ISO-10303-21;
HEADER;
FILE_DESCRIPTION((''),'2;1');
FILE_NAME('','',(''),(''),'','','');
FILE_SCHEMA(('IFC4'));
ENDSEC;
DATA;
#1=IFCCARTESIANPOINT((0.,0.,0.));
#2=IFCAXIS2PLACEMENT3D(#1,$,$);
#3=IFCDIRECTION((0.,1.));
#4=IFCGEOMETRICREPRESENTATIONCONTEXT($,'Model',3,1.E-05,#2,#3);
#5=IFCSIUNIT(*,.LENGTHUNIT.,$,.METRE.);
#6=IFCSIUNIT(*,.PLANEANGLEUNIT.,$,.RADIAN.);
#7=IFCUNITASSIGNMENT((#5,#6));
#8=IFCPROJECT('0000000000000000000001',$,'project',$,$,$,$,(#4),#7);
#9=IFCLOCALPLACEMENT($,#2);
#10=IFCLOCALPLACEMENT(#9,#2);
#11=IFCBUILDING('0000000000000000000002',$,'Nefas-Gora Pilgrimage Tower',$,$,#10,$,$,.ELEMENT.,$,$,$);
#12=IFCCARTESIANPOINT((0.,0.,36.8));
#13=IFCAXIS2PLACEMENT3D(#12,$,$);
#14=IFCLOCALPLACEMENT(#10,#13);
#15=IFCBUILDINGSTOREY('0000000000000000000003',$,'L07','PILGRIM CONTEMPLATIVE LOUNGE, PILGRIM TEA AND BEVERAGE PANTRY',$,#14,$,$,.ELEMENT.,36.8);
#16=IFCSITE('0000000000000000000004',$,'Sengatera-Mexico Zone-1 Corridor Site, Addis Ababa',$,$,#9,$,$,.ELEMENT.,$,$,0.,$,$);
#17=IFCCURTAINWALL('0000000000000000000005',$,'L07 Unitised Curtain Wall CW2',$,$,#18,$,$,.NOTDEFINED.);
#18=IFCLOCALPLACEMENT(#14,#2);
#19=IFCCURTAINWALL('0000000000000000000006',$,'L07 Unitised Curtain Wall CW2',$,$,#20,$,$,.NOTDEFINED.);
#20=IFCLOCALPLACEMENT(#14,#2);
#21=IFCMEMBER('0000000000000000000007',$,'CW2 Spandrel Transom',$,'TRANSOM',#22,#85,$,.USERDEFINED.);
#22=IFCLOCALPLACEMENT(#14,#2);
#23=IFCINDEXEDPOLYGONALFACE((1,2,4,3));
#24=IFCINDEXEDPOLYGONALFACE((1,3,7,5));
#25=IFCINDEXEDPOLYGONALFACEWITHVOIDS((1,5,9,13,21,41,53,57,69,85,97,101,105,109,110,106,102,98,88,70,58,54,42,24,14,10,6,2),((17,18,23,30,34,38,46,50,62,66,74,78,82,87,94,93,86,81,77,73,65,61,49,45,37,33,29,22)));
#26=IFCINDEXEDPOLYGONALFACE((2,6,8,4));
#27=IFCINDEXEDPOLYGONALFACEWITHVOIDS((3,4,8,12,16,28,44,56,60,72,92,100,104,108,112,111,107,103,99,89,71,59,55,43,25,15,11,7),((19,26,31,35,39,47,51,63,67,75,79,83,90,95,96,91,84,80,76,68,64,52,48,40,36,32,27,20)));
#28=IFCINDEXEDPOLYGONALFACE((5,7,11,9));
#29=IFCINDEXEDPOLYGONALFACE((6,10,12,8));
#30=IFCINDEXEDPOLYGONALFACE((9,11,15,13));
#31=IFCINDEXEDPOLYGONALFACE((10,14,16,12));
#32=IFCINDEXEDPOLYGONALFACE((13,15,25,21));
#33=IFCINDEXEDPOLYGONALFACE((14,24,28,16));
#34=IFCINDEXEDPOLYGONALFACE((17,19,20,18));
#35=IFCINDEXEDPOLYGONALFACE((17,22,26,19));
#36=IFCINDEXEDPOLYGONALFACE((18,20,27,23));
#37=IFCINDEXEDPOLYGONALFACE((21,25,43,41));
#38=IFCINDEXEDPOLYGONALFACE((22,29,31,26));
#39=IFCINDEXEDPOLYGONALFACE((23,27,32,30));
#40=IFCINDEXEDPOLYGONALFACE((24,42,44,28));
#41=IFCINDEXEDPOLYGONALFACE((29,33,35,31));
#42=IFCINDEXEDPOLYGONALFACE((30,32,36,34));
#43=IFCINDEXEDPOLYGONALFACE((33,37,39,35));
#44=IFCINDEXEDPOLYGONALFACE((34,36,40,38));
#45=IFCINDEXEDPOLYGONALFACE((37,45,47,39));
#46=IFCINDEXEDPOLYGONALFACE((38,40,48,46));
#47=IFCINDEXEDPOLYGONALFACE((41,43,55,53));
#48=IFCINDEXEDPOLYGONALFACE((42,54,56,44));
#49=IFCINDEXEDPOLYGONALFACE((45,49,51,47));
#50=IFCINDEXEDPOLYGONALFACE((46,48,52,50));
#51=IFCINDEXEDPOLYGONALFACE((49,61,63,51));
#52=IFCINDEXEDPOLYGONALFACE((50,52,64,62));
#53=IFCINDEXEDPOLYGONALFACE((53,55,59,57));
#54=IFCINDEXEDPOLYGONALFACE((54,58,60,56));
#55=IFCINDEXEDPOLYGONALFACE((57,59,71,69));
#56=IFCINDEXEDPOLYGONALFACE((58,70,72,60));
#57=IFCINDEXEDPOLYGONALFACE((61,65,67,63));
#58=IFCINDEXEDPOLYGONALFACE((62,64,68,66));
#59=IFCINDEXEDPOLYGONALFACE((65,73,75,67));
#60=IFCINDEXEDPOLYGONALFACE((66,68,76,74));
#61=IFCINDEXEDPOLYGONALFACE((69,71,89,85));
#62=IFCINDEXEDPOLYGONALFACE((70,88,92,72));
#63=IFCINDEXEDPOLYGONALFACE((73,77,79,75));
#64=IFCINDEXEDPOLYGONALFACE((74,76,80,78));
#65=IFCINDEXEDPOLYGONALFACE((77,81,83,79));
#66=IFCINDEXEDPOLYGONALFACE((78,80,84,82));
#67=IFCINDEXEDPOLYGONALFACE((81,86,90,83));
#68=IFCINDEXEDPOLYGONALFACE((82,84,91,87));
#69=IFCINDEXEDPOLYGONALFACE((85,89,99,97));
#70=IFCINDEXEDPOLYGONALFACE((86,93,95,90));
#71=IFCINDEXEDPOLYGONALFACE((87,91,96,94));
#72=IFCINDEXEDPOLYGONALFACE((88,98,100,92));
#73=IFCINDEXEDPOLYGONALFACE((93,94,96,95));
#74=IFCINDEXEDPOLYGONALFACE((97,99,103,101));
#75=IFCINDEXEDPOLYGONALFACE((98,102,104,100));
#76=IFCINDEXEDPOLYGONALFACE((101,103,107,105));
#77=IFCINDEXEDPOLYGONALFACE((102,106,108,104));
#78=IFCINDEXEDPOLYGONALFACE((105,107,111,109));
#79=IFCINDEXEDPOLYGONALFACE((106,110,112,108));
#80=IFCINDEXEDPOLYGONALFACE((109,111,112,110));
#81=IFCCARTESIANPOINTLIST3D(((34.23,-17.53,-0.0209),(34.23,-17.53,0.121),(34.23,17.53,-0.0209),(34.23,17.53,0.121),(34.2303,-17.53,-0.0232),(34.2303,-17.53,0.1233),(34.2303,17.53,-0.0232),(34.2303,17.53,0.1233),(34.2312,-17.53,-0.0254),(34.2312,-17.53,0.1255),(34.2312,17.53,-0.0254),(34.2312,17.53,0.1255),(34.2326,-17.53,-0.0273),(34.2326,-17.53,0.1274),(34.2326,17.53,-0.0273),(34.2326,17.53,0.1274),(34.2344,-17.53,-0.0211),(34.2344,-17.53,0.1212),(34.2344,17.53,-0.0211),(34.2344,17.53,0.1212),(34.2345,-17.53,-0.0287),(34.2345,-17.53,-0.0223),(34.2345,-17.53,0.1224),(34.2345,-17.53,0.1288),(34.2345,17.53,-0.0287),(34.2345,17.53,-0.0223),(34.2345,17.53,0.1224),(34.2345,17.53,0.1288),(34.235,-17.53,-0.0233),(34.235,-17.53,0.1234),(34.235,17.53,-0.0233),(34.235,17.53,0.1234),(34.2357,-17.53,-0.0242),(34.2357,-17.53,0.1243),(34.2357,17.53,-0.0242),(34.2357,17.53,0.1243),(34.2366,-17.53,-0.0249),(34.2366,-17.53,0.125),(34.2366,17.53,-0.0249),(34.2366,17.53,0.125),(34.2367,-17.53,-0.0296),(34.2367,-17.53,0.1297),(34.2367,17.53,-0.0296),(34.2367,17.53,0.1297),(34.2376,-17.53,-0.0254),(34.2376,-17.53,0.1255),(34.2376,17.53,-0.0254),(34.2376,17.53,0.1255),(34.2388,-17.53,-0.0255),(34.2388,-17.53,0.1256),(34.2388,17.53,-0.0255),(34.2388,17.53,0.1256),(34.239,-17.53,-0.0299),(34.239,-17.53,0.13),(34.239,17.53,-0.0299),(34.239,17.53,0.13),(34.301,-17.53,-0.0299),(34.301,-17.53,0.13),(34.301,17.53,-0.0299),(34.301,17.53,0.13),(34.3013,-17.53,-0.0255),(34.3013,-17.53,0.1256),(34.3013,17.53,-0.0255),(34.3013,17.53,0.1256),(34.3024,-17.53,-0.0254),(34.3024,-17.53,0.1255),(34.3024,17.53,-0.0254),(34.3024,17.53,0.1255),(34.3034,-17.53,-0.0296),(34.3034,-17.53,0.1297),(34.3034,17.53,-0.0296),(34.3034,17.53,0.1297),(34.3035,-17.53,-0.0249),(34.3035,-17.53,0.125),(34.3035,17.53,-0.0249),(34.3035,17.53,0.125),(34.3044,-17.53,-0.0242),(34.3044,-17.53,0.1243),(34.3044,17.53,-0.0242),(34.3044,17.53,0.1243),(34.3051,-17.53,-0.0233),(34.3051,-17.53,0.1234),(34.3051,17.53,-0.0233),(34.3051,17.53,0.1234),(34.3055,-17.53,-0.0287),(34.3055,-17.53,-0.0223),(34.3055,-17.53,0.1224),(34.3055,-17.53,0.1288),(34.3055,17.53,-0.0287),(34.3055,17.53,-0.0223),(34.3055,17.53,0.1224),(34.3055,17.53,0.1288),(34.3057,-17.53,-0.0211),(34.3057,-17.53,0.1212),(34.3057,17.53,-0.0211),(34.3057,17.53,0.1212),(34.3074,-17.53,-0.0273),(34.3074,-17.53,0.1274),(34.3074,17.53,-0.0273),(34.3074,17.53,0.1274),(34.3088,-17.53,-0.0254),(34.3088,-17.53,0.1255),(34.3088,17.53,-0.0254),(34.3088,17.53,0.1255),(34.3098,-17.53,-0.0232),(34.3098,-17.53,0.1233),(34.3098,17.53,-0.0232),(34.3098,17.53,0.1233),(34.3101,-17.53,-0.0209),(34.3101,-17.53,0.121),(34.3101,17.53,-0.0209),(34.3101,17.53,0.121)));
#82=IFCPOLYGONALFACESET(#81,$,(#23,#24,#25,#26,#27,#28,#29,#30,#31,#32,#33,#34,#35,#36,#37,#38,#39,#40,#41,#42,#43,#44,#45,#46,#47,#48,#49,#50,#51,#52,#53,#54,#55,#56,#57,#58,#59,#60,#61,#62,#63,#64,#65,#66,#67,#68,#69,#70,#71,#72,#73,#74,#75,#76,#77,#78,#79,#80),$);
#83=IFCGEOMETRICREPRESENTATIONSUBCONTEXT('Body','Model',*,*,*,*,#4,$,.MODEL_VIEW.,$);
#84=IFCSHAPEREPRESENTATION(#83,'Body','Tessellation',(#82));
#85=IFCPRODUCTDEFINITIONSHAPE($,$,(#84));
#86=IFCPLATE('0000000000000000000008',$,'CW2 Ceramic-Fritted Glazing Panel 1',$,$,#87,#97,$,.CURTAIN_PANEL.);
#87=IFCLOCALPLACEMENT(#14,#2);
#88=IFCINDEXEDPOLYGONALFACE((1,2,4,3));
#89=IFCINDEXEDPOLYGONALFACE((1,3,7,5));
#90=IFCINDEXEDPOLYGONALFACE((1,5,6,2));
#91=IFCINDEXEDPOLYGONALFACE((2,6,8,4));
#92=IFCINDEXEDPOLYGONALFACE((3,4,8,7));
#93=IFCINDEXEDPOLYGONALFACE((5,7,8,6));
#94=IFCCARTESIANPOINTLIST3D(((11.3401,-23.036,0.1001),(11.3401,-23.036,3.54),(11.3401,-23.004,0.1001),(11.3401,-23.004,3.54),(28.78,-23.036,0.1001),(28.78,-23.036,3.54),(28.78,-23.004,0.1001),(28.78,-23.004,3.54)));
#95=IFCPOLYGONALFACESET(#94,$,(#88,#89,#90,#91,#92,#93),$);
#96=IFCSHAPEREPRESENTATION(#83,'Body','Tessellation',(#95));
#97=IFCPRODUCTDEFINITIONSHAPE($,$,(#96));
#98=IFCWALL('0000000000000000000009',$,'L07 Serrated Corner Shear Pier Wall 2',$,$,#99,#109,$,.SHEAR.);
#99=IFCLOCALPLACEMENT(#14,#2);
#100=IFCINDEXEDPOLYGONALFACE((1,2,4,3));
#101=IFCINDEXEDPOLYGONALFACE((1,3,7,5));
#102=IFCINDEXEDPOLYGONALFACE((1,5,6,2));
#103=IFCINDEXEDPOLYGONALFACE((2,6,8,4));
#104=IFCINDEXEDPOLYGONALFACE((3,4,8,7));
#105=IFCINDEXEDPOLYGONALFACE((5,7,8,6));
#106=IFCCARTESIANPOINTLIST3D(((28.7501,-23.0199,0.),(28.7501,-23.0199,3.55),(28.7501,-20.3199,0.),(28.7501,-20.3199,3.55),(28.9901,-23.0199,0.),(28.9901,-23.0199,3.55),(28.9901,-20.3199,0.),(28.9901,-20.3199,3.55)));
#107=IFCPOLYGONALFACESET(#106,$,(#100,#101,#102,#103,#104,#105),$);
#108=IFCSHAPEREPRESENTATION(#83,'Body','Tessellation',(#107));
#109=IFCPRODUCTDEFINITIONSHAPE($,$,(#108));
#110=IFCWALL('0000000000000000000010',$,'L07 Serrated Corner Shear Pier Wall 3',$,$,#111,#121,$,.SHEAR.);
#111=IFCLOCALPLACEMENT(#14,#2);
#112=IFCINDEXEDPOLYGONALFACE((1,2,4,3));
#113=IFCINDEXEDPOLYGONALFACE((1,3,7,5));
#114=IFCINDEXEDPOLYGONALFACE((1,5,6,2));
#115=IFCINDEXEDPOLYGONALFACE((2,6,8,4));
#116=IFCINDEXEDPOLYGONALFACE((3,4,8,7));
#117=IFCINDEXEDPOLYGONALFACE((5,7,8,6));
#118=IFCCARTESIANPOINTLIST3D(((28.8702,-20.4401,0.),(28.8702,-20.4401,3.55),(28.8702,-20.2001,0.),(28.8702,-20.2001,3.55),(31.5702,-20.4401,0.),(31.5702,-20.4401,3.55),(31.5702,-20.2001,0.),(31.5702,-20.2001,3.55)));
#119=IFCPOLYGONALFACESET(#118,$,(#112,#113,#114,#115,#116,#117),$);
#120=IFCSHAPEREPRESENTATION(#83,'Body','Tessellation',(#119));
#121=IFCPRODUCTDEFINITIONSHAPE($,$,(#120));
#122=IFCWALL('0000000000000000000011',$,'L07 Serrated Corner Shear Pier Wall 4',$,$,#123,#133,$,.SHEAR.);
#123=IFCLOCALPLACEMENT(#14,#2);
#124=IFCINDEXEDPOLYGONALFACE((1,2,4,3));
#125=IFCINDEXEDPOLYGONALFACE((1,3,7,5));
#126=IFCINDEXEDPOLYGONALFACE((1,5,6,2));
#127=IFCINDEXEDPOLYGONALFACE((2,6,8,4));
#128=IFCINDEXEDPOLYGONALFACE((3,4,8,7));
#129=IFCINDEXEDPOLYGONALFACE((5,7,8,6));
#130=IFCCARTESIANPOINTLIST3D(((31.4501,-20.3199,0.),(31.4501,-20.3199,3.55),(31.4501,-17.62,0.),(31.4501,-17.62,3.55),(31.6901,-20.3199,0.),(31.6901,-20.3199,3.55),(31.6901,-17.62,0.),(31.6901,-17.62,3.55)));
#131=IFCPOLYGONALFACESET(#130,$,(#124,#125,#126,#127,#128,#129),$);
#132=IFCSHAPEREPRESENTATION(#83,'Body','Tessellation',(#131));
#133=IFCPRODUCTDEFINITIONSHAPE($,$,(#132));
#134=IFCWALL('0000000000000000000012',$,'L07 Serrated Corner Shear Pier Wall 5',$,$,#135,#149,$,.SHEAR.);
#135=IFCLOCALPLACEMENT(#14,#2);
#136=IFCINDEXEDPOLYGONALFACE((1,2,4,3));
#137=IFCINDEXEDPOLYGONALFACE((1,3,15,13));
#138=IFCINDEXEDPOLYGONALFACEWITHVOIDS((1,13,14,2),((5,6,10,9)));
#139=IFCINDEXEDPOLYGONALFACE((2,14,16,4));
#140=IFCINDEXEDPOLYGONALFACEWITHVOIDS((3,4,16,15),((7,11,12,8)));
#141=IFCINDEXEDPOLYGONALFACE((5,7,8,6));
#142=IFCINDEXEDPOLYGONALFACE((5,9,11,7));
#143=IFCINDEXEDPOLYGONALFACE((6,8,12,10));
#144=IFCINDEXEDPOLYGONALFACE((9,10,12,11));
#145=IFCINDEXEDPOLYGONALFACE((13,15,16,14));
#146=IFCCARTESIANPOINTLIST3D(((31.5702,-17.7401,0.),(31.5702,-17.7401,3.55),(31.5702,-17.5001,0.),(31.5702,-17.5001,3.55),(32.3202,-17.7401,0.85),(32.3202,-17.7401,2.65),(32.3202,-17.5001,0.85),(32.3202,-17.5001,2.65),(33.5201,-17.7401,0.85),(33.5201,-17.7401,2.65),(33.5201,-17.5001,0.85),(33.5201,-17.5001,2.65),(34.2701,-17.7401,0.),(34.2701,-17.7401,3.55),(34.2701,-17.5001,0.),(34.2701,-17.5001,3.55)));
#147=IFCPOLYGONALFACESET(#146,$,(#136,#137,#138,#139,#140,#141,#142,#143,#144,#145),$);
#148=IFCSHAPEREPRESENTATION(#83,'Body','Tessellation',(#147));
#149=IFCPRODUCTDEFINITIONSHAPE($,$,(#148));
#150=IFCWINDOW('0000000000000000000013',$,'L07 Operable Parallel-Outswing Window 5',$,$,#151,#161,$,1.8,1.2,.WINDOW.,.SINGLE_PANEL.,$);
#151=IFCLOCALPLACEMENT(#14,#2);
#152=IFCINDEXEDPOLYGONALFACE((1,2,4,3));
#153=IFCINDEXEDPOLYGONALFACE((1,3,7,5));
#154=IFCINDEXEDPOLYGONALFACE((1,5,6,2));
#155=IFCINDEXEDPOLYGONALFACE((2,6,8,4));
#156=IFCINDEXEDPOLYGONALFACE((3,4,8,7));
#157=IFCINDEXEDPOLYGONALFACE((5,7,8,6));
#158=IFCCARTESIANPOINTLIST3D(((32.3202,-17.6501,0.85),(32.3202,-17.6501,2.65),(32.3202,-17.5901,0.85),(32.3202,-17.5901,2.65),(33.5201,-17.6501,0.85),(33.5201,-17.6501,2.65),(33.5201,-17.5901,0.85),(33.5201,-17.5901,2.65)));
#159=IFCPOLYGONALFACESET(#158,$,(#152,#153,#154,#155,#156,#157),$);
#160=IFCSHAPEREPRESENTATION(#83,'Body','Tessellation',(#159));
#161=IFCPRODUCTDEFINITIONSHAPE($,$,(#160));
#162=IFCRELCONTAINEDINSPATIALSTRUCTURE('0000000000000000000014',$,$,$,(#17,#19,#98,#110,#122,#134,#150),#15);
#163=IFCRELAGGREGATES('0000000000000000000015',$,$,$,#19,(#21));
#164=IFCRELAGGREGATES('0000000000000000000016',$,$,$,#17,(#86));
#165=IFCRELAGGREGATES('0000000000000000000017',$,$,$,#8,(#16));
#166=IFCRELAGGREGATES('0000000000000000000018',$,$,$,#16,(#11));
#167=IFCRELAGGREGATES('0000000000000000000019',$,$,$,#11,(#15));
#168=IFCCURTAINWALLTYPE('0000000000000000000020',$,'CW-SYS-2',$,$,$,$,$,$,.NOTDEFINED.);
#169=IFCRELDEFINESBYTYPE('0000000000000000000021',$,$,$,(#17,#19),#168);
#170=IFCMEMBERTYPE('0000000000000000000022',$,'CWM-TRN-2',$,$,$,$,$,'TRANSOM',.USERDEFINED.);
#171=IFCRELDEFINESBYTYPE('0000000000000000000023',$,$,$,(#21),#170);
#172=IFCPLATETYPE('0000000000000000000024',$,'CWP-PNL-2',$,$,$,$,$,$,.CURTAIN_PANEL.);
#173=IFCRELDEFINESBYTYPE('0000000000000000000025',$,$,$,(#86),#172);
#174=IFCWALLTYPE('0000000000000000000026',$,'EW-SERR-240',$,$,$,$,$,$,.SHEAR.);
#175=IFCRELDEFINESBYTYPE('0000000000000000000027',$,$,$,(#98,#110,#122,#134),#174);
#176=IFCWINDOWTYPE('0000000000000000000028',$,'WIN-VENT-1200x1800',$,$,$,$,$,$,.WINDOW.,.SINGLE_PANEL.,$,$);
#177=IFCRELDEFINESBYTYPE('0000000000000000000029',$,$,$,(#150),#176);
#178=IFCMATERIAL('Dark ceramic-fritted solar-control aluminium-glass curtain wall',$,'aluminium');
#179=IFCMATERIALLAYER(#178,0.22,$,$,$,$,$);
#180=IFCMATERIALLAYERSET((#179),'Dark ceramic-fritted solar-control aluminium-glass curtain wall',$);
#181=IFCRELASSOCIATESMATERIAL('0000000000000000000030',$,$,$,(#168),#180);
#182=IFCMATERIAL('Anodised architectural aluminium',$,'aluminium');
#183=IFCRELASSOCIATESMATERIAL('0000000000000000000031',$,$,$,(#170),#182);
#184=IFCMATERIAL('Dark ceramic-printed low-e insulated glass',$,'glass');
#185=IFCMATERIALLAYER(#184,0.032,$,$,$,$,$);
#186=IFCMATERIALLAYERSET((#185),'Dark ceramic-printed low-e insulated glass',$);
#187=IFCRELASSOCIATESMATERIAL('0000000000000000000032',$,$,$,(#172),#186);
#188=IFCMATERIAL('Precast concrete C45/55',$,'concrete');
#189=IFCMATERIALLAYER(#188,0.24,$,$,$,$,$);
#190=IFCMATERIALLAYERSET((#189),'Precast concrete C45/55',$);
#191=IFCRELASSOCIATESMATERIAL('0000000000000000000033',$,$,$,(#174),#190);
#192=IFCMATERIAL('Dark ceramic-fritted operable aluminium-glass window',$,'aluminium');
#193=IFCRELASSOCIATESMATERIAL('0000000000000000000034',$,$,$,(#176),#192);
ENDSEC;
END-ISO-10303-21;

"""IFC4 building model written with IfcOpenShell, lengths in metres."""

from ifc_helpers import new_model, si_unit, direction, frame, frame_2d, origin, origin_2d, place, context, subcontext, project, spatial, rectangle, hollow_rectangle, extrude, source, transform, mapped, material, layer, layer_set, material_profile, profile_set, type_object, element, fill, aggregate, save


model = new_model("IFC4")

# Units and contexts
model_context = context("Model", 3, precision=1e-05, world=origin(), true_north=direction((0.0, 1.0)))
body_context = subcontext(model_context, "Body", "Model", "MODEL_VIEW")
ifc_project = project(units=[si_unit("LENGTHUNIT", "METRE"), si_unit("PLANEANGLEUNIT", "RADIAN")], contexts=[model_context])

# Site, building, storey
site_placement = place(None, origin())
site = spatial("IfcSite", under=ifc_project, at=site_placement, Name="Sengatera-Mexico Zone-1 Corridor Site, Addis Ababa", CompositionType="ELEMENT", RefElevation=0.0)
building_placement = place(site_placement, origin())
building = spatial("IfcBuilding", under=site, at=building_placement, Name="Nefas-Gora Pilgrimage Tower", CompositionType="ELEMENT")
storey_placement = place(building_placement, frame((0.0, 0.0, 36.8)))
storey = spatial("IfcBuildingStorey", under=building, at=storey_placement, Name="L07", Description="PILGRIM CONTEMPLATIVE LOUNGE, PILGRIM TEA AND BEVERAGE PANTRY", CompositionType="ELEMENT", Elevation=36.8)

# Curtain wall
ifc_material_1 = material(Name="Dark ceramic-fritted solar-control aluminium-glass curtain wall", Category="aluminium")
ifc_layer_1 = layer(ifc_material_1, 0.22)
ifc_layer_set_1 = layer_set([ifc_layer_1], Name="Dark ceramic-fritted solar-control aluminium-glass curtain wall")
curtain_wall_type = type_object("IfcCurtainWallType", Name="CW-SYS-2", PredefinedType="NOTDEFINED", material=ifc_layer_set_1)
curtain_wall_1_placement = place(storey_placement, origin())
curtain_wall_1 = element("IfcCurtainWall", 1, at=curtain_wall_1_placement, inside=storey, type_object=curtain_wall_type, Name="L07 Unitised Curtain Wall CW2", PredefinedType="NOTDEFINED")
ifc_material_2 = material(Name="Anodised architectural aluminium", Category="aluminium")

# Curtain wall, member
curtain_wall_2_placement = place(storey_placement, origin())
curtain_wall_2 = element("IfcCurtainWall", 2, at=curtain_wall_2_placement, inside=storey, type_object=curtain_wall_type, Name="L07 Unitised Curtain Wall CW2", PredefinedType="NOTDEFINED")
ifc_material_profile_1 = material_profile(ifc_material_2, hollow_rectangle(XDim=0.0801, YDim=0.1599, WallThickness=0.0044, InnerFilletRadius=0.0044, OuterFilletRadius=0.009, at=origin_2d()), Name="ALU TRANSOM 80x160")
ifc_profile_set_1 = profile_set([ifc_material_profile_1], Name="Anodised architectural aluminium")
member_type_1 = type_object("IfcMemberType", Name="CWM-TRN-2", ElementType="TRANSOM", PredefinedType="USERDEFINED", material=ifc_profile_set_1)
shared_shape_1 = source(origin(), body_context, "Body", "SweptSolid", [
    extrude(hollow_rectangle(XDim=0.0801, YDim=0.1599, WallThickness=0.0044, InnerFilletRadius=0.0044, OuterFilletRadius=0.009, at=origin_2d()), origin(), (0.0, 0.0, 1.0), 35.0601),
])
member_1_placement = place(storey_placement, frame((34.27, -17.53, 0.05), z_axis=(0.0, 1.0, 0.0), x_axis=(-1.0, 0.0, 0.0)))
member_1 = element("IfcMember", 3, at=member_1_placement, type_object=member_type_1, Name="CW2 Spandrel Transom", ObjectType="TRANSOM", PredefinedType="USERDEFINED", context=body_context, shape_type="MappedRepresentation", body=[
    mapped(shared_shape_1, transform((0.0, 0.0, 0.0), x_axis=(1.0, 0.0, 0.0), y_axis=(0.0, 1.0, 0.0), z_axis=(0.0, 0.0, 1.0), scale=1.0)),
])
aggregate(curtain_wall_2, [member_1])

# Plate
ifc_material_3 = material(Name="Dark ceramic-printed low-e insulated glass", Category="glass")
ifc_layer_2 = layer(ifc_material_3, 0.032)
ifc_layer_set_2 = layer_set([ifc_layer_2], Name="Dark ceramic-printed low-e insulated glass")
plate_type = type_object("IfcPlateType", Name="CWP-PNL-2", PredefinedType="CURTAIN_PANEL", material=ifc_layer_set_2)
shared_shape_2 = source(origin(), body_context, "Body", "SweptSolid", [
    extrude(rectangle(XDim=17.4399, YDim=0.032, at=origin_2d()), origin(), (0.0, 0.0, 1.0), 3.4399),
])
plate_placement = place(storey_placement, frame((20.0601, -23.02, 0.1001), z_axis=(0.0, 0.0, 1.0), x_axis=(1.0, 0.0, 0.0)))
plate = element("IfcPlate", 4, at=plate_placement, type_object=plate_type, Name="CW2 Ceramic-Fritted Glazing Panel 1", PredefinedType="CURTAIN_PANEL", context=body_context, shape_type="MappedRepresentation", body=[
    mapped(shared_shape_2, transform((0.0, 0.0, 0.0), x_axis=(1.0, 0.0, 0.0), y_axis=(0.0, 1.0, 0.0), z_axis=(0.0, 0.0, 1.0), scale=1.0)),
])
aggregate(curtain_wall_1, [plate])

# Walls
ifc_material_4 = material(Name="Precast concrete C45/55", Category="concrete")
ifc_layer_3 = layer(ifc_material_4, 0.24)
ifc_layer_set_3 = layer_set([ifc_layer_3], Name="Precast concrete C45/55")
wall_type_1 = type_object("IfcWallType", Name="EW-SERR-240", PredefinedType="SHEAR", material=ifc_layer_set_3)
shared_shape_3 = source(origin(), body_context, "Body", "SweptSolid", [
    extrude(rectangle(XDim=2.7, YDim=0.24, at=frame_2d((1.3501, 0.0))), origin(), (0.0, 0.0, 1.0), 3.55),
])
for number, where, z_axis, x_axis, name in (
    (5, (28.8701, -23.02, 0.0), (0.0, 0.0, 1.0), (0.0, 1.0, 0.0), "L07 Serrated Corner Shear Pier Wall 2"),
    (6, (28.8701, -20.3201, 0.0), (0.0, 0.0, 1.0), (1.0, 0.0, 0.0), "L07 Serrated Corner Shear Pier Wall 3"),
    (7, (31.5701, -20.3201, 0.0), (0.0, 0.0, 1.0), (0.0, 1.0, 0.0), "L07 Serrated Corner Shear Pier Wall 4"),
):
    element("IfcWall", number, at=place(storey_placement, frame(where, z_axis=z_axis, x_axis=x_axis)), inside=storey, type_object=wall_type_1, Name=name, PredefinedType="SHEAR", context=body_context, shape_type="MappedRepresentation", body=[
        mapped(shared_shape_3, transform((0.0, 0.0, 0.0), x_axis=(1.0, 0.0, 0.0), y_axis=(0.0, 1.0, 0.0), z_axis=(0.0, 0.0, 1.0), scale=1.0)),
    ])

# Wall, opening, window
wall_1_placement = place(storey_placement, frame((31.5701, -17.6201, 0.0), z_axis=(0.0, 0.0, 1.0), x_axis=(1.0, 0.0, 0.0)))
wall_1 = element("IfcWall", 8, at=wall_1_placement, inside=storey, type_object=wall_type_1, Name="L07 Serrated Corner Shear Pier Wall 5", PredefinedType="SHEAR", context=body_context, shape_type="MappedRepresentation", body=[
    mapped(shared_shape_3, transform((0.0, 0.0, 0.0), x_axis=(1.0, 0.0, 0.0), y_axis=(0.0, 1.0, 0.0), z_axis=(0.0, 0.0, 1.0), scale=1.0)),
])
opening_1_placement = place(wall_1_placement, frame((0.75, 0.0, 0.8501)))
opening_1 = element("IfcOpeningElement", 9, at=opening_1_placement, cuts=wall_1, PredefinedType="OPENING", context=body_context, shape_type="SweptSolid", body=[
    extrude(rectangle(XDim=1.2, YDim=1.8, at=frame_2d((0.6001, 0.8999))), frame((0.0, 0.1299, 0.0), z_axis=(0.0, -1.0, 0.0), x_axis=(1.0, 0.0, 0.0)), (0.0, 0.0, 1.0), 0.26),
])
ifc_material_5 = material(Name="Dark ceramic-fritted operable aluminium-glass window", Category="aluminium")
window_type = type_object("IfcWindowType", Name="WIN-VENT-1200x1800", PartitioningType="SINGLE_PANEL", PredefinedType="WINDOW", material=ifc_material_5)
shared_shape_4 = source(origin(), body_context, "Body", "SweptSolid", [
    extrude(rectangle(XDim=1.2, YDim=1.8, at=frame_2d((0.6001, 0.8999))), frame((0.0, 0.03, 0.0), z_axis=(0.0, -1.0, 0.0), x_axis=(1.0, 0.0, 0.0)), (0.0, 0.0, 1.0), 0.0601),
])
window_placement = place(opening_1_placement, origin())
window = element("IfcWindow", 10, at=window_placement, inside=storey, type_object=window_type, Name="L07 Operable Parallel-Outswing Window 5", OverallHeight=1.8, OverallWidth=1.2, PartitioningType="SINGLE_PANEL", PredefinedType="WINDOW", context=body_context, shape_type="MappedRepresentation", body=[
    mapped(shared_shape_4, transform((0.0, 0.0, 0.0), x_axis=(1.0, 0.0, 0.0), y_axis=(0.0, 1.0, 0.0), z_axis=(0.0, 0.0, 1.0), scale=1.0)),
])
fill(opening_1, window)

save(model, "model.ifc")
